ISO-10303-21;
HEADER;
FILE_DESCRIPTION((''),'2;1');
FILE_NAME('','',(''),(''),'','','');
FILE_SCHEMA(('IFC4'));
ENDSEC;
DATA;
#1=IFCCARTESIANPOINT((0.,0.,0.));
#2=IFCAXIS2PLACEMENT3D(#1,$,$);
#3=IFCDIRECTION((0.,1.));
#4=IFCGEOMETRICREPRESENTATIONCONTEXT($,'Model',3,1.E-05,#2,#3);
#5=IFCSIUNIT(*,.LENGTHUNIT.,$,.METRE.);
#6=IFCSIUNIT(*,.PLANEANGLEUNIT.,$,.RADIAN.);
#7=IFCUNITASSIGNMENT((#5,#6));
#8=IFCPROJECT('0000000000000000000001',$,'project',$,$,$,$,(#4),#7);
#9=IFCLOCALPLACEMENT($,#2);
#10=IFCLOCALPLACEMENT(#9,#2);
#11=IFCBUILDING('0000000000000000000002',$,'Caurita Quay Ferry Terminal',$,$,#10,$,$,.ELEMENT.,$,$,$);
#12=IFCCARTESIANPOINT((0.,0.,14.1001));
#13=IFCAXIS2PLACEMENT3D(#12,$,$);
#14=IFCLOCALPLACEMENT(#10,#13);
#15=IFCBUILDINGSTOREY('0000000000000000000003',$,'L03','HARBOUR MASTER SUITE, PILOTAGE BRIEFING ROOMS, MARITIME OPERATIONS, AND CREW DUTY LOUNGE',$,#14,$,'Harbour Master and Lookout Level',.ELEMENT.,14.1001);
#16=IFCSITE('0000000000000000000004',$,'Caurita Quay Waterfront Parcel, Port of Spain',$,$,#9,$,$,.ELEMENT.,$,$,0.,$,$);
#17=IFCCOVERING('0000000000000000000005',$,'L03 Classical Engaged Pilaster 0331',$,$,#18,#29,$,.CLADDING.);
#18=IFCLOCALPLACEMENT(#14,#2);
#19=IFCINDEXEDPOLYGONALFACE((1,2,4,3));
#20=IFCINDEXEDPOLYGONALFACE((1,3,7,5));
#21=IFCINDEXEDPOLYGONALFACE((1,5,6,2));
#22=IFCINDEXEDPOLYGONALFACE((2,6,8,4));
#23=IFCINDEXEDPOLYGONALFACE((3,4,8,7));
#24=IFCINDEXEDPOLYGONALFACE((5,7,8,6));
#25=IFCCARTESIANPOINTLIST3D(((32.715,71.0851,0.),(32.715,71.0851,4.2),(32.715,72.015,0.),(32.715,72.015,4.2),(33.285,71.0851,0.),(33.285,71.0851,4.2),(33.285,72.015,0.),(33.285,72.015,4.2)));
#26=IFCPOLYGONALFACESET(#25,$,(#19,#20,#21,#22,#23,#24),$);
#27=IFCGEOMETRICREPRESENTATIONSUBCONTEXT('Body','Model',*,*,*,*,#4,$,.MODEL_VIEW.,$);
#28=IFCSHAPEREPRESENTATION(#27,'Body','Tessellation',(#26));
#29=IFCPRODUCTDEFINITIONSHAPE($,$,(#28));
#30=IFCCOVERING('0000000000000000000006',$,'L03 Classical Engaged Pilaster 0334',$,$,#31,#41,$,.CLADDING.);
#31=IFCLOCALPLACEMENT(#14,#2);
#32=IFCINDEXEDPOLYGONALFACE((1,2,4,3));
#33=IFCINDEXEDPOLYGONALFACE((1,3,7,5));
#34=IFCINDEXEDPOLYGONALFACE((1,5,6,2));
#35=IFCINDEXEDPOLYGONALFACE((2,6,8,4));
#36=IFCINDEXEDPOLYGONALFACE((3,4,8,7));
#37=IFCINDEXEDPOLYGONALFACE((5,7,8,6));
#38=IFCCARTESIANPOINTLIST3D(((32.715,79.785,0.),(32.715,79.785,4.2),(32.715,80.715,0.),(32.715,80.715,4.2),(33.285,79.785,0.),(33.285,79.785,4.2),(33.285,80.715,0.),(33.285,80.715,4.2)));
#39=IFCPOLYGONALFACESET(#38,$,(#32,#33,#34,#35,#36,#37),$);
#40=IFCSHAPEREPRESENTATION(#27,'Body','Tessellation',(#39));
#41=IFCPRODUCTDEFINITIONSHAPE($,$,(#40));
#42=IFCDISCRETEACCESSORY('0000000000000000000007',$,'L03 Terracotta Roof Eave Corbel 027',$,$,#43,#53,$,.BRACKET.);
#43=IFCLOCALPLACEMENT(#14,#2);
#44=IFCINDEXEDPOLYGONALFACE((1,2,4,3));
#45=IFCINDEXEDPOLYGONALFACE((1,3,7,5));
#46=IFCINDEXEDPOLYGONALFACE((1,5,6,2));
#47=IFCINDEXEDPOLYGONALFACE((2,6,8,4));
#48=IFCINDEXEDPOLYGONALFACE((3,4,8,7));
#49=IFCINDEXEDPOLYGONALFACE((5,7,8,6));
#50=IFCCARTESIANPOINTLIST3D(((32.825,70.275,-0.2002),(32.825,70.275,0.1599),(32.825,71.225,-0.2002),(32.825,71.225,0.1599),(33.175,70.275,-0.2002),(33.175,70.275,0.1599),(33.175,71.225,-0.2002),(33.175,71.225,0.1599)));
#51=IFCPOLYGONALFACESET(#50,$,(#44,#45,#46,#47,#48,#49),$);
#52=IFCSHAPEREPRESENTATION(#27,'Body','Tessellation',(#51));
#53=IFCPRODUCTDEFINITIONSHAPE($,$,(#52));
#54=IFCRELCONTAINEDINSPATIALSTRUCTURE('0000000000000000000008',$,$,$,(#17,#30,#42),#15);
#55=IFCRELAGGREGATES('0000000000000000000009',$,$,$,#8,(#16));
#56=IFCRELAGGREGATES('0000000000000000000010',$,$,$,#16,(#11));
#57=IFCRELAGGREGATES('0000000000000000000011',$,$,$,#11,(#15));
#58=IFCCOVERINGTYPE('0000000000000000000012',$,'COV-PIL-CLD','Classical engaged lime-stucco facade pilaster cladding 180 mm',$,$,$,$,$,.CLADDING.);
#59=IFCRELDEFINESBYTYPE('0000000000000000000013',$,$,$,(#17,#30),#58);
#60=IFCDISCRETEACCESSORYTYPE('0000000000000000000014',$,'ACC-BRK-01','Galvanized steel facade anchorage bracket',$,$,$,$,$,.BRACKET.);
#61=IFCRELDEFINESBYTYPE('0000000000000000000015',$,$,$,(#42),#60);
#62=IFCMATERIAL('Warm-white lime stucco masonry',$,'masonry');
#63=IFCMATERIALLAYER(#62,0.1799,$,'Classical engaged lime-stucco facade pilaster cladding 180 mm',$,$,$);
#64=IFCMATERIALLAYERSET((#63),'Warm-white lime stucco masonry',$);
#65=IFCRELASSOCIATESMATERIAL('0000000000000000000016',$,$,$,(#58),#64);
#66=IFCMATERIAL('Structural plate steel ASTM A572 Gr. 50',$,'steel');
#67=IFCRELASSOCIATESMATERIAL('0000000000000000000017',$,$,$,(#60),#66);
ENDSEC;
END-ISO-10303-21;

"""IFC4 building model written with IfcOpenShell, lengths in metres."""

from ifc_helpers import new_model, si_unit, direction, frame, origin, origin_2d, place, context, subcontext, project, spatial, rectangle, extrude, material, layer, layer_set, type_object, element, save


model = new_model("IFC4")

# Units and contexts
model_context = context("Model", 3, precision=1e-05, world=origin(), true_north=direction((0.0, 1.0)))
body_context = subcontext(model_context, "Body", "Model", "MODEL_VIEW")
ifc_project = project(units=[si_unit("LENGTHUNIT", "METRE"), si_unit("PLANEANGLEUNIT", "RADIAN")], contexts=[model_context])

# Site, building, storey
site_placement = place(None, origin())
site = spatial("IfcSite", under=ifc_project, at=site_placement, Name="Caurita Quay Waterfront Parcel, Port of Spain", CompositionType="ELEMENT", RefElevation=0.0)
building_placement = place(site_placement, origin())
building = spatial("IfcBuilding", under=site, at=building_placement, Name="Caurita Quay Ferry Terminal", CompositionType="ELEMENT")
storey_placement = place(building_placement, frame((0.0, 0.0, 14.1001)))
storey = spatial("IfcBuildingStorey", under=building, at=storey_placement, Name="L03", Description="HARBOUR MASTER SUITE, PILOTAGE BRIEFING ROOMS, MARITIME OPERATIONS, AND CREW DUTY LOUNGE", LongName="Harbour Master and Lookout Level", CompositionType="ELEMENT", Elevation=14.1001)

# Shared definitions
ifc_material_1 = material(Name="Warm-white lime stucco masonry", Category="masonry")

# Coverings
ifc_layer_1 = layer(ifc_material_1, 0.1799, Name="Classical engaged lime-stucco facade pilaster cladding 180 mm")
ifc_layer_set_1 = layer_set([ifc_layer_1], Name="Warm-white lime stucco masonry")
covering_type_1 = type_object("IfcCoveringType", Name="COV-PIL-CLD", Description="Classical engaged lime-stucco facade pilaster cladding 180 mm", PredefinedType="CLADDING", material=ifc_layer_set_1)
for number, where, z_axis, x_axis, name in (
    (1, (33.0, 71.55, 0.0), (0.0, 0.0, 1.0), (1.0, 0.0, 0.0), "L03 Classical Engaged Pilaster 0331"),
    (2, (33.0, 80.25, 0.0), (0.0, 0.0, 1.0), (1.0, 0.0, 0.0), "L03 Classical Engaged Pilaster 0334"),
):
    element("IfcCovering", number, at=place(storey_placement, frame(where, z_axis=z_axis, x_axis=x_axis)), inside=storey, type_object=covering_type_1, Name=name, PredefinedType="CLADDING", context=body_context, shape_type="SweptSolid", body=[
        extrude(rectangle(XDim=0.5701, YDim=0.9299, at=origin_2d()), origin(), (0.0, 0.0, 1.0), 4.2),
    ])

# Discrete accessory
ifc_material_2 = material(Name="Structural plate steel ASTM A572 Gr. 50", Category="steel")
discrete_accessory_type = type_object("IfcDiscreteAccessoryType", Name="ACC-BRK-01", Description="Galvanized steel facade anchorage bracket", PredefinedType="BRACKET", material=ifc_material_2)
discrete_accessory_placement = place(storey_placement, frame((33.0, 70.75, -0.2002), z_axis=(0.0, 0.0, 1.0), x_axis=(1.0, 0.0, 0.0)))
element("IfcDiscreteAccessory", 3, at=discrete_accessory_placement, inside=storey, type_object=discrete_accessory_type, Name="L03 Terracotta Roof Eave Corbel 027", PredefinedType="BRACKET", context=body_context, shape_type="SweptSolid", body=[
    extrude(rectangle(XDim=0.3501, YDim=0.95, at=origin_2d()), origin(), (0.0, 0.0, 1.0), 0.3601),
])

save(model, "model.ifc")
